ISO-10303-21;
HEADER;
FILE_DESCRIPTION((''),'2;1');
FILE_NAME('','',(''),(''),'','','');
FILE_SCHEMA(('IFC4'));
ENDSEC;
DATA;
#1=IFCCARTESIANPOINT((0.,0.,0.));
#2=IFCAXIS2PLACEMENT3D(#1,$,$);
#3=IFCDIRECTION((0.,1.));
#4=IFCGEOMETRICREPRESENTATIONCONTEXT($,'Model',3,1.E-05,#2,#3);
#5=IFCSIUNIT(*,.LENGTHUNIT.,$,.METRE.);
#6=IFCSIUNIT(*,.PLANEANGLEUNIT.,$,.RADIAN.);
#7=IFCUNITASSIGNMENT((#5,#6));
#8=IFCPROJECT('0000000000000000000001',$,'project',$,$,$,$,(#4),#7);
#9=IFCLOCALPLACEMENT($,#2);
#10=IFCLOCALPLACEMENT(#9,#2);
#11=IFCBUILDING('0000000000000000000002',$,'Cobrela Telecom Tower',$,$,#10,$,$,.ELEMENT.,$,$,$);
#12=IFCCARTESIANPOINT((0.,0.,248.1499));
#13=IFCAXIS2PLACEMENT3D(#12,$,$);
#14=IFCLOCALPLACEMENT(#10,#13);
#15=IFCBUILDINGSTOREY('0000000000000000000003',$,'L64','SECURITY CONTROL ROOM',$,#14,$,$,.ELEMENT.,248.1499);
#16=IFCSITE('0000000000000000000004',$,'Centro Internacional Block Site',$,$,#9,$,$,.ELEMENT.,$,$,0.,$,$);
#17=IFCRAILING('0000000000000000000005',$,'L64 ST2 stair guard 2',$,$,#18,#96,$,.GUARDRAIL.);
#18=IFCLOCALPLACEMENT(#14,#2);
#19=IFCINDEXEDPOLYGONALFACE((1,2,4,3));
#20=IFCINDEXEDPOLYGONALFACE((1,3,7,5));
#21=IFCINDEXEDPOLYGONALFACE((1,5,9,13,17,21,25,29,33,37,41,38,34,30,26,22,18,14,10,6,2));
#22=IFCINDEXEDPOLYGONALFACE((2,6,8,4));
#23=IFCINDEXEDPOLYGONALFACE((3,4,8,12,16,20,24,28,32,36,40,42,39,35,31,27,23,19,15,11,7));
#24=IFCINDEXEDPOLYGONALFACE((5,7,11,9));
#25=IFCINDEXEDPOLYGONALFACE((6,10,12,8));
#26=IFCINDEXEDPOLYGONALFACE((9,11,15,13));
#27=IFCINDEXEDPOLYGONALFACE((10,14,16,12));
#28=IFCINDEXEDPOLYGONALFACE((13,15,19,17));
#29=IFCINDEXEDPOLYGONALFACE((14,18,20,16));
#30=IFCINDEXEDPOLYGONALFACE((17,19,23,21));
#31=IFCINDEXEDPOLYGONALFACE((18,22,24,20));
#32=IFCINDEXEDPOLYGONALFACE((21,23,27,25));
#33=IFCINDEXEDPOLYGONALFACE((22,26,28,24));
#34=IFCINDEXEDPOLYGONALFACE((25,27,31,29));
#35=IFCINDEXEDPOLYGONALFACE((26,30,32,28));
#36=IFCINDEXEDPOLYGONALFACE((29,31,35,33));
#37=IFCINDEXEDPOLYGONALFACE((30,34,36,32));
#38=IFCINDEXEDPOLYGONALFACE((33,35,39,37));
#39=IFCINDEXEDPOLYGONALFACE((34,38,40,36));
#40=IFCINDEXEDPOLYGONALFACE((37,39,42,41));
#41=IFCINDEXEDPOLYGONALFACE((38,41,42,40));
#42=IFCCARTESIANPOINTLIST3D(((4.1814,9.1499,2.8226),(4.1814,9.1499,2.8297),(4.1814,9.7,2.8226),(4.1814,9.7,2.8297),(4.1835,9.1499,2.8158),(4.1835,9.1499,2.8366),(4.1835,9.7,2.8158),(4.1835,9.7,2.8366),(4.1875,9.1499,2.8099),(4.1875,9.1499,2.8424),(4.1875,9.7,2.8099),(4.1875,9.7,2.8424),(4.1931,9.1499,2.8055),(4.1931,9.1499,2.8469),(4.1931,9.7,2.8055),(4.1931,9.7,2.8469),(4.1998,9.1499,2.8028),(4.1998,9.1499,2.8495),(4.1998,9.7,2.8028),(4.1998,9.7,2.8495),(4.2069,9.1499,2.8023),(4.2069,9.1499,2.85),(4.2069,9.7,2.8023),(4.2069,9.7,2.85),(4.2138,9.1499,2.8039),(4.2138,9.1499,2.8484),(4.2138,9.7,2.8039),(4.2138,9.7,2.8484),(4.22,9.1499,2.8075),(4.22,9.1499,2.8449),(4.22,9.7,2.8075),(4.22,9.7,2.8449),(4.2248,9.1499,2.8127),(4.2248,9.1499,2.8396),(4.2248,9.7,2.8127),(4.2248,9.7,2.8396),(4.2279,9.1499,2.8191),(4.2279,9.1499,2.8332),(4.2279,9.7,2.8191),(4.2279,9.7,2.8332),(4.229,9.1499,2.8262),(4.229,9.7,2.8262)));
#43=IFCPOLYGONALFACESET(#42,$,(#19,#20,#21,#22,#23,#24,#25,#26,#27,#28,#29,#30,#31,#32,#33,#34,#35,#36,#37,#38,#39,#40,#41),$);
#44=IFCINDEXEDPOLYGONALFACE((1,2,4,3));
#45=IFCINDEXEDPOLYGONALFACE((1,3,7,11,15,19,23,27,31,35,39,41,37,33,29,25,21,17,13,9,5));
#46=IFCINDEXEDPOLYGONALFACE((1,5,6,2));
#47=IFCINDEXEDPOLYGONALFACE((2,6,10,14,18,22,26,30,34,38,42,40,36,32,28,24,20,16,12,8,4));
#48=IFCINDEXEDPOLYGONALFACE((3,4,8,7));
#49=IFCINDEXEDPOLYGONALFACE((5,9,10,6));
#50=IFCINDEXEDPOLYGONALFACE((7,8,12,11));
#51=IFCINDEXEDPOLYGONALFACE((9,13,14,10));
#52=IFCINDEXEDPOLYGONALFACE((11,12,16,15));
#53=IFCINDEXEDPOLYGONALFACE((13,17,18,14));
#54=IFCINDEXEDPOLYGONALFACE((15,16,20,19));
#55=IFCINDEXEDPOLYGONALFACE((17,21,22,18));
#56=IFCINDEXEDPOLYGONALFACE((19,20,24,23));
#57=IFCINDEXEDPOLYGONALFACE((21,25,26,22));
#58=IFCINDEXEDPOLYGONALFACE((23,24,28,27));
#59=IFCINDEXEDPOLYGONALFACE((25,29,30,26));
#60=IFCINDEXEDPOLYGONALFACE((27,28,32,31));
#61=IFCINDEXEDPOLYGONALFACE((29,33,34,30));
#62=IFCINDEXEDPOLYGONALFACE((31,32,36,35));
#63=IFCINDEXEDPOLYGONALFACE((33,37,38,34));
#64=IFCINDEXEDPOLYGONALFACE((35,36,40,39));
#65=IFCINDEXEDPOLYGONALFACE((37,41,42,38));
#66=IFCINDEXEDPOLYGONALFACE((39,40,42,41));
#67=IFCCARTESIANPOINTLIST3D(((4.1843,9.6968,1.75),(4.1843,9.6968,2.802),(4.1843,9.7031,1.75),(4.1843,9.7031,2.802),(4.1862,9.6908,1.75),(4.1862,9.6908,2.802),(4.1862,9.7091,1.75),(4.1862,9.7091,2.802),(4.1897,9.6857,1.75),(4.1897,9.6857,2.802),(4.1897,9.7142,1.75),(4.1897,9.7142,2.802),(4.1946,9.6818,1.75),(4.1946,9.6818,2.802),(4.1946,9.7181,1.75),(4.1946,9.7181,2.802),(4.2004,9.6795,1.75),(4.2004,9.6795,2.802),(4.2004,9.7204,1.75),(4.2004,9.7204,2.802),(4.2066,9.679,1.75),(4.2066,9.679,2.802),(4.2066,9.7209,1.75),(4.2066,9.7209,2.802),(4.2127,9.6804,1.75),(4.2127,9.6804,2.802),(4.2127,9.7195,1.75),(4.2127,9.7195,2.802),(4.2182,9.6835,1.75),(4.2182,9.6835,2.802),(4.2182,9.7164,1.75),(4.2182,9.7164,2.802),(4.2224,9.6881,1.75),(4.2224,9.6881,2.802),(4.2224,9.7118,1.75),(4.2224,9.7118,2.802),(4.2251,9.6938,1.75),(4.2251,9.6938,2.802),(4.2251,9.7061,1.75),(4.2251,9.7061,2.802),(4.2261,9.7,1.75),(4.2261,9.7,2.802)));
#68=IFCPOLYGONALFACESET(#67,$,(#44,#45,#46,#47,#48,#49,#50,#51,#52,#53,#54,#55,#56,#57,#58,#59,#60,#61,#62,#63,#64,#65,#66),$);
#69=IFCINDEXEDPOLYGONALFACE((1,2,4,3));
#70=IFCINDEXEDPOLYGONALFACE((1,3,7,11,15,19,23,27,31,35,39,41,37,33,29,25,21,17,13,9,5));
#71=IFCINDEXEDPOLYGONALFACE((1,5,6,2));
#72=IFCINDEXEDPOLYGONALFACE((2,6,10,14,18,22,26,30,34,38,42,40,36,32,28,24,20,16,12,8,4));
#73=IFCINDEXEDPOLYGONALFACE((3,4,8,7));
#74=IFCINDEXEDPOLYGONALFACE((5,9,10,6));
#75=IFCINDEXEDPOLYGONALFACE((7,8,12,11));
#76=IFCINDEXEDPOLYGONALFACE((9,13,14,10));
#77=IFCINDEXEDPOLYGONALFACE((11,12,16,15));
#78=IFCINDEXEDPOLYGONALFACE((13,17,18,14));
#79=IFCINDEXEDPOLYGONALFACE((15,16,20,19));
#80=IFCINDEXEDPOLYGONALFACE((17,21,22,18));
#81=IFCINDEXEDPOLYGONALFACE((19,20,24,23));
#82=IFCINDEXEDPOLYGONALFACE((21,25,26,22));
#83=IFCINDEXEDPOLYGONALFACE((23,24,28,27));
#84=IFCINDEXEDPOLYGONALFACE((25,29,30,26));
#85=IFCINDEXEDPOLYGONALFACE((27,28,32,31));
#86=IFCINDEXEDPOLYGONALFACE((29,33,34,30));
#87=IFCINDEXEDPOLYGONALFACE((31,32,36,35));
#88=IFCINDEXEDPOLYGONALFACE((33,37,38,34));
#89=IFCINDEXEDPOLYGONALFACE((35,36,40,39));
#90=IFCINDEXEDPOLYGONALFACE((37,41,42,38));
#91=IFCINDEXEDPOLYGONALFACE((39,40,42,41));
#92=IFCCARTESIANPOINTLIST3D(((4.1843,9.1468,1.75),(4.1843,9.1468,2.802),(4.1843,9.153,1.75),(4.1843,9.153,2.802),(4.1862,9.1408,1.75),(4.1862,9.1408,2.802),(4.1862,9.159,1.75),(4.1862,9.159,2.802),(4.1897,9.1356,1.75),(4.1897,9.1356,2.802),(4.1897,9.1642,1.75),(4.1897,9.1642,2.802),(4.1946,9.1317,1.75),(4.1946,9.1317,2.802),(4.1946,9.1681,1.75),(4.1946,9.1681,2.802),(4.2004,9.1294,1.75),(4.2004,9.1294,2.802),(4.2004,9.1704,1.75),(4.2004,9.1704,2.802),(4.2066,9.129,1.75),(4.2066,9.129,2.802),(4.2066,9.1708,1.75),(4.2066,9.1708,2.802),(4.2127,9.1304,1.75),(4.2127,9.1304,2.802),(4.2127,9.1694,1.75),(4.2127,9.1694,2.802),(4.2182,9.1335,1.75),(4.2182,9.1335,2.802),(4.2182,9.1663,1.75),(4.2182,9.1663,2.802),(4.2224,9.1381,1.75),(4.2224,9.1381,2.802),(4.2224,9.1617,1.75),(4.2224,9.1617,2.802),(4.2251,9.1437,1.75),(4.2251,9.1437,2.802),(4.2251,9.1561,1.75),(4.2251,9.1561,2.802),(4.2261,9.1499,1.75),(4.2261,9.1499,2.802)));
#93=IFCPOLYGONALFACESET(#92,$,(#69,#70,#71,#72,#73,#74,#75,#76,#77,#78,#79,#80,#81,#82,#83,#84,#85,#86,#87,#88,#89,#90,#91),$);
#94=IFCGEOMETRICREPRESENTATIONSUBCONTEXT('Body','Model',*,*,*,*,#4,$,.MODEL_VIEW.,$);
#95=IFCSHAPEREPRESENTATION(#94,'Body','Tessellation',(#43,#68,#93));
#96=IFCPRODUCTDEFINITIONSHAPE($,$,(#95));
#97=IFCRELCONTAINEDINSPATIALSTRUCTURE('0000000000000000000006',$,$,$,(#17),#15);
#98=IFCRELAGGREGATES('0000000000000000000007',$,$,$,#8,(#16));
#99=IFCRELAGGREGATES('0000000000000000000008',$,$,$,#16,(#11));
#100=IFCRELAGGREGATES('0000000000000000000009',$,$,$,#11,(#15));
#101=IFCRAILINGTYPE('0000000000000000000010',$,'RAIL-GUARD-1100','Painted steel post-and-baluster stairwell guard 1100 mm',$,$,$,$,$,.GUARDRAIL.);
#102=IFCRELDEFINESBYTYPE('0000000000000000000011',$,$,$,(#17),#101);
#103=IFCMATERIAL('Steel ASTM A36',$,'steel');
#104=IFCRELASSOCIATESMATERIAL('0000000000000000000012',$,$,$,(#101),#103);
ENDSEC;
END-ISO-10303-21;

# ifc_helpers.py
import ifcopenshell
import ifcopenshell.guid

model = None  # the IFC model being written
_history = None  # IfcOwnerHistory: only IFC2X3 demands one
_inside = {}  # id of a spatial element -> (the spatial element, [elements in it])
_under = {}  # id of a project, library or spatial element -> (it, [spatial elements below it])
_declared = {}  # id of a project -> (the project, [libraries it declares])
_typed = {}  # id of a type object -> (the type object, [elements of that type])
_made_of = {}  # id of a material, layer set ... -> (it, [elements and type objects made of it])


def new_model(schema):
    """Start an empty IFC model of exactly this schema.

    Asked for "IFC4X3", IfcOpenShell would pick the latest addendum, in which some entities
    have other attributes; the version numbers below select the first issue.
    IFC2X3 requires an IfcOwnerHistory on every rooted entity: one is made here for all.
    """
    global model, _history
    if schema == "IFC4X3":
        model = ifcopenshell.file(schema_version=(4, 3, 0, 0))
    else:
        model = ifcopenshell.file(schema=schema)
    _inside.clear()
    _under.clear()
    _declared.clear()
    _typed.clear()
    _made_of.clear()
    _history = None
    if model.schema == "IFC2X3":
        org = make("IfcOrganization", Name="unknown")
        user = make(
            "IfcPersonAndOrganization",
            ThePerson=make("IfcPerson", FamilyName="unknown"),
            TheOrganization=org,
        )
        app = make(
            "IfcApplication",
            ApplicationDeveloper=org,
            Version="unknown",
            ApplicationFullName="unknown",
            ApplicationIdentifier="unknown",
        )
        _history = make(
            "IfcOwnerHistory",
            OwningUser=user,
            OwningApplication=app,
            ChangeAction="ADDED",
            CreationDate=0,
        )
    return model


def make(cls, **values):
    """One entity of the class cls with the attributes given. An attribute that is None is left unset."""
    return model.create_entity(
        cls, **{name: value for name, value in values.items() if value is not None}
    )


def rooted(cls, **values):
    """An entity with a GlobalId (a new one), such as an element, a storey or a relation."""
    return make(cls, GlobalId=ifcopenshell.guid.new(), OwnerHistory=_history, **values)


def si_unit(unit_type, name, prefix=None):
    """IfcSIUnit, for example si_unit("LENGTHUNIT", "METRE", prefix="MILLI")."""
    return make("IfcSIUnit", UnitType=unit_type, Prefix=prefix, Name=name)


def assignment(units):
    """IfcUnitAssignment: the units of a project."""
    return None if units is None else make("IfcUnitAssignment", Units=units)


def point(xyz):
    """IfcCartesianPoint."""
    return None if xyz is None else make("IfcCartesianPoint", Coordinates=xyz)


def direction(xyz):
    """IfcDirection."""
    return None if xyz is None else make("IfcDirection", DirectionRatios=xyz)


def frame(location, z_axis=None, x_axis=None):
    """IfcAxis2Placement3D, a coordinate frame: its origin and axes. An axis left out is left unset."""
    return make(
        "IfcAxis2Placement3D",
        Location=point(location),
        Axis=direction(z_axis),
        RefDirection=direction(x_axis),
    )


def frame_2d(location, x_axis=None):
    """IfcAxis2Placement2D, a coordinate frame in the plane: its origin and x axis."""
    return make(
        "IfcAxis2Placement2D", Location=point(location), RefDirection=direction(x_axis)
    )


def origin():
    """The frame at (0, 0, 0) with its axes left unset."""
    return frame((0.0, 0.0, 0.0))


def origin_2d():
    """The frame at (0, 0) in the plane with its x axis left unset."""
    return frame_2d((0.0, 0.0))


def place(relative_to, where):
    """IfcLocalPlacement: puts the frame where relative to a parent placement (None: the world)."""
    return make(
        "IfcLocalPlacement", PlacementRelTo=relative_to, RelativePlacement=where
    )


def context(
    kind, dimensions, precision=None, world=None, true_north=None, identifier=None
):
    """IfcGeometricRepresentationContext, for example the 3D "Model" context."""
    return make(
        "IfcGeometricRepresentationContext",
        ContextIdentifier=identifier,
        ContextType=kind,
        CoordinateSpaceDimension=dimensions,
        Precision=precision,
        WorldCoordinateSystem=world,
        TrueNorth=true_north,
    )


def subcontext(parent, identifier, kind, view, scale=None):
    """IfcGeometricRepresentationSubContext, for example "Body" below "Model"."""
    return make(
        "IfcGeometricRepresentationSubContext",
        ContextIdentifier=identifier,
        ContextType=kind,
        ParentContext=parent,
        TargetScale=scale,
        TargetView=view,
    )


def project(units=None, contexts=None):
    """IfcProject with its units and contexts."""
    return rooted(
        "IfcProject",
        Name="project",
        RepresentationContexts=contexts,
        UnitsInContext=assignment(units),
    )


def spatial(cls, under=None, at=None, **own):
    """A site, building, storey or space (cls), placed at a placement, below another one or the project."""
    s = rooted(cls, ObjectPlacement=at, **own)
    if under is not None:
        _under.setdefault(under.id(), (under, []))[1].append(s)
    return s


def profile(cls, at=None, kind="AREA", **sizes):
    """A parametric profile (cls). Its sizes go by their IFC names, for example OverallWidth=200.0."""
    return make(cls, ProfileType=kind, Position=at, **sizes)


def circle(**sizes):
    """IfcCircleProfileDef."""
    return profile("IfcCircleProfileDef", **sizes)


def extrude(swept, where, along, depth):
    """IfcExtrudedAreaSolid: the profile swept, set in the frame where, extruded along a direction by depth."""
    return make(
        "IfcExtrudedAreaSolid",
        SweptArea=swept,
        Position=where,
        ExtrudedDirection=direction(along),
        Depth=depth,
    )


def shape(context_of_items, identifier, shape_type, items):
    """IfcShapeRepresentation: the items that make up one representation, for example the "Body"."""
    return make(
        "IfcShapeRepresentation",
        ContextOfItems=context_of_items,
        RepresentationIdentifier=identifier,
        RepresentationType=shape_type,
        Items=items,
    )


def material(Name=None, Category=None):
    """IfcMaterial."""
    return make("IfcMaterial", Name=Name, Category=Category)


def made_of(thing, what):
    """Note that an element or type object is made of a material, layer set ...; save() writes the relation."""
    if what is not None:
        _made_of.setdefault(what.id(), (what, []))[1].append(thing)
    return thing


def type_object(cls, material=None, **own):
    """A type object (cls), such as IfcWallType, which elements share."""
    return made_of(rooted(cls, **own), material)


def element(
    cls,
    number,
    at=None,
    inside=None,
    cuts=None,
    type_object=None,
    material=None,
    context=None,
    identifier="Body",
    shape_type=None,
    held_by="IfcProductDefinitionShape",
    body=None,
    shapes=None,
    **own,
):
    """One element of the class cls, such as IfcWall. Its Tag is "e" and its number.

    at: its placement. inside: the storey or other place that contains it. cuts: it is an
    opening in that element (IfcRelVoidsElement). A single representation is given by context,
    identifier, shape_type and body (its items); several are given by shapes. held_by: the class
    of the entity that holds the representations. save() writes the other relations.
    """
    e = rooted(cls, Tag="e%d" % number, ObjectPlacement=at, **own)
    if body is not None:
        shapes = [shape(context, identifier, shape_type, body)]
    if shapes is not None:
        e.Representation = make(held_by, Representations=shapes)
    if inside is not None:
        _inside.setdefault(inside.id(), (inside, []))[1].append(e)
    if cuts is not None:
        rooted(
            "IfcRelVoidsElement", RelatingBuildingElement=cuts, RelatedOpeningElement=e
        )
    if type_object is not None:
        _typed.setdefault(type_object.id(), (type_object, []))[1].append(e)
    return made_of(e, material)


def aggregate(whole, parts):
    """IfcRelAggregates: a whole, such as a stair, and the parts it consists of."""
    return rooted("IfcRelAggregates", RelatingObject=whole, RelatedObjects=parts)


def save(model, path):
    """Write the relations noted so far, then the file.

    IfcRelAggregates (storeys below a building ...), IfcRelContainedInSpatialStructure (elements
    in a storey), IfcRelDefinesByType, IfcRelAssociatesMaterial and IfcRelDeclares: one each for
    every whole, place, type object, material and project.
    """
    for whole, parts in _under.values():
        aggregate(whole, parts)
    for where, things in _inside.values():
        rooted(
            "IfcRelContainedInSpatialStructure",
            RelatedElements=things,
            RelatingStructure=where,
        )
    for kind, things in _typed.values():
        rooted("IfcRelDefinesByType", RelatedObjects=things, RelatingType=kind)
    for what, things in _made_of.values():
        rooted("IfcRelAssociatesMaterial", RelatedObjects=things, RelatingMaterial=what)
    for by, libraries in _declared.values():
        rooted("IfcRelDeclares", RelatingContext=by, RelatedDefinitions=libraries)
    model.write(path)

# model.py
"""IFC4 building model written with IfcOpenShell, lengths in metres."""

from ifc_helpers import new_model, si_unit, direction, frame, origin, origin_2d, place, context, subcontext, project, spatial, circle, extrude, material, type_object, element, save


model = new_model("IFC4")

# Units and contexts
model_context = context("Model", 3, precision=1e-05, world=origin(), true_north=direction((0.0, 1.0)))
body_context = subcontext(model_context, "Body", "Model", "MODEL_VIEW")
ifc_project = project(units=[si_unit("LENGTHUNIT", "METRE"), si_unit("PLANEANGLEUNIT", "RADIAN")], contexts=[model_context])

# Site, building, storey
site_placement = place(None, origin())
site = spatial("IfcSite", under=ifc_project, at=site_placement, Name="Centro Internacional Block Site", CompositionType="ELEMENT", RefElevation=0.0)
building_placement = place(site_placement, origin())
building = spatial("IfcBuilding", under=site, at=building_placement, Name="Cobrela Telecom Tower", CompositionType="ELEMENT")
storey_placement = place(building_placement, frame((0.0, 0.0, 248.1499)))
storey = spatial("IfcBuildingStorey", under=building, at=storey_placement, Name="L64", Description="SECURITY CONTROL ROOM", CompositionType="ELEMENT", Elevation=248.1499)

# Railing
ifc_material_1 = material(Name="Steel ASTM A36", Category="steel")
railing_type_1 = type_object("IfcRailingType", Name="RAIL-GUARD-1100", Description="Painted steel post-and-baluster stairwell guard 1100 mm", PredefinedType="GUARDRAIL", material=ifc_material_1)
railing_1_placement = place(storey_placement, frame((4.2051, 9.7, 1.75)))
element("IfcRailing", 1, at=railing_1_placement, inside=storey, type_object=railing_type_1, Name="L64 ST2 stair guard 2", PredefinedType="GUARDRAIL", context=body_context, shape_type="SweptSolid", body=[
    extrude(circle(Radius=0.0239, at=origin_2d()), frame((0.0, 0.0, 1.0762), z_axis=(0.0, -1.0, 0.0), x_axis=(1.0, 0.0, 0.0)), (0.0, 0.0, 1.0), 0.55),
    extrude(circle(Radius=0.021, at=origin_2d()), origin(), (0.0, 0.0, 1.0), 1.052),
    extrude(circle(Radius=0.021, at=origin_2d()), frame((0.0, -0.55, 0.0)), (0.0, 0.0, 1.0), 1.052),
])

save(model, "model.ifc")
